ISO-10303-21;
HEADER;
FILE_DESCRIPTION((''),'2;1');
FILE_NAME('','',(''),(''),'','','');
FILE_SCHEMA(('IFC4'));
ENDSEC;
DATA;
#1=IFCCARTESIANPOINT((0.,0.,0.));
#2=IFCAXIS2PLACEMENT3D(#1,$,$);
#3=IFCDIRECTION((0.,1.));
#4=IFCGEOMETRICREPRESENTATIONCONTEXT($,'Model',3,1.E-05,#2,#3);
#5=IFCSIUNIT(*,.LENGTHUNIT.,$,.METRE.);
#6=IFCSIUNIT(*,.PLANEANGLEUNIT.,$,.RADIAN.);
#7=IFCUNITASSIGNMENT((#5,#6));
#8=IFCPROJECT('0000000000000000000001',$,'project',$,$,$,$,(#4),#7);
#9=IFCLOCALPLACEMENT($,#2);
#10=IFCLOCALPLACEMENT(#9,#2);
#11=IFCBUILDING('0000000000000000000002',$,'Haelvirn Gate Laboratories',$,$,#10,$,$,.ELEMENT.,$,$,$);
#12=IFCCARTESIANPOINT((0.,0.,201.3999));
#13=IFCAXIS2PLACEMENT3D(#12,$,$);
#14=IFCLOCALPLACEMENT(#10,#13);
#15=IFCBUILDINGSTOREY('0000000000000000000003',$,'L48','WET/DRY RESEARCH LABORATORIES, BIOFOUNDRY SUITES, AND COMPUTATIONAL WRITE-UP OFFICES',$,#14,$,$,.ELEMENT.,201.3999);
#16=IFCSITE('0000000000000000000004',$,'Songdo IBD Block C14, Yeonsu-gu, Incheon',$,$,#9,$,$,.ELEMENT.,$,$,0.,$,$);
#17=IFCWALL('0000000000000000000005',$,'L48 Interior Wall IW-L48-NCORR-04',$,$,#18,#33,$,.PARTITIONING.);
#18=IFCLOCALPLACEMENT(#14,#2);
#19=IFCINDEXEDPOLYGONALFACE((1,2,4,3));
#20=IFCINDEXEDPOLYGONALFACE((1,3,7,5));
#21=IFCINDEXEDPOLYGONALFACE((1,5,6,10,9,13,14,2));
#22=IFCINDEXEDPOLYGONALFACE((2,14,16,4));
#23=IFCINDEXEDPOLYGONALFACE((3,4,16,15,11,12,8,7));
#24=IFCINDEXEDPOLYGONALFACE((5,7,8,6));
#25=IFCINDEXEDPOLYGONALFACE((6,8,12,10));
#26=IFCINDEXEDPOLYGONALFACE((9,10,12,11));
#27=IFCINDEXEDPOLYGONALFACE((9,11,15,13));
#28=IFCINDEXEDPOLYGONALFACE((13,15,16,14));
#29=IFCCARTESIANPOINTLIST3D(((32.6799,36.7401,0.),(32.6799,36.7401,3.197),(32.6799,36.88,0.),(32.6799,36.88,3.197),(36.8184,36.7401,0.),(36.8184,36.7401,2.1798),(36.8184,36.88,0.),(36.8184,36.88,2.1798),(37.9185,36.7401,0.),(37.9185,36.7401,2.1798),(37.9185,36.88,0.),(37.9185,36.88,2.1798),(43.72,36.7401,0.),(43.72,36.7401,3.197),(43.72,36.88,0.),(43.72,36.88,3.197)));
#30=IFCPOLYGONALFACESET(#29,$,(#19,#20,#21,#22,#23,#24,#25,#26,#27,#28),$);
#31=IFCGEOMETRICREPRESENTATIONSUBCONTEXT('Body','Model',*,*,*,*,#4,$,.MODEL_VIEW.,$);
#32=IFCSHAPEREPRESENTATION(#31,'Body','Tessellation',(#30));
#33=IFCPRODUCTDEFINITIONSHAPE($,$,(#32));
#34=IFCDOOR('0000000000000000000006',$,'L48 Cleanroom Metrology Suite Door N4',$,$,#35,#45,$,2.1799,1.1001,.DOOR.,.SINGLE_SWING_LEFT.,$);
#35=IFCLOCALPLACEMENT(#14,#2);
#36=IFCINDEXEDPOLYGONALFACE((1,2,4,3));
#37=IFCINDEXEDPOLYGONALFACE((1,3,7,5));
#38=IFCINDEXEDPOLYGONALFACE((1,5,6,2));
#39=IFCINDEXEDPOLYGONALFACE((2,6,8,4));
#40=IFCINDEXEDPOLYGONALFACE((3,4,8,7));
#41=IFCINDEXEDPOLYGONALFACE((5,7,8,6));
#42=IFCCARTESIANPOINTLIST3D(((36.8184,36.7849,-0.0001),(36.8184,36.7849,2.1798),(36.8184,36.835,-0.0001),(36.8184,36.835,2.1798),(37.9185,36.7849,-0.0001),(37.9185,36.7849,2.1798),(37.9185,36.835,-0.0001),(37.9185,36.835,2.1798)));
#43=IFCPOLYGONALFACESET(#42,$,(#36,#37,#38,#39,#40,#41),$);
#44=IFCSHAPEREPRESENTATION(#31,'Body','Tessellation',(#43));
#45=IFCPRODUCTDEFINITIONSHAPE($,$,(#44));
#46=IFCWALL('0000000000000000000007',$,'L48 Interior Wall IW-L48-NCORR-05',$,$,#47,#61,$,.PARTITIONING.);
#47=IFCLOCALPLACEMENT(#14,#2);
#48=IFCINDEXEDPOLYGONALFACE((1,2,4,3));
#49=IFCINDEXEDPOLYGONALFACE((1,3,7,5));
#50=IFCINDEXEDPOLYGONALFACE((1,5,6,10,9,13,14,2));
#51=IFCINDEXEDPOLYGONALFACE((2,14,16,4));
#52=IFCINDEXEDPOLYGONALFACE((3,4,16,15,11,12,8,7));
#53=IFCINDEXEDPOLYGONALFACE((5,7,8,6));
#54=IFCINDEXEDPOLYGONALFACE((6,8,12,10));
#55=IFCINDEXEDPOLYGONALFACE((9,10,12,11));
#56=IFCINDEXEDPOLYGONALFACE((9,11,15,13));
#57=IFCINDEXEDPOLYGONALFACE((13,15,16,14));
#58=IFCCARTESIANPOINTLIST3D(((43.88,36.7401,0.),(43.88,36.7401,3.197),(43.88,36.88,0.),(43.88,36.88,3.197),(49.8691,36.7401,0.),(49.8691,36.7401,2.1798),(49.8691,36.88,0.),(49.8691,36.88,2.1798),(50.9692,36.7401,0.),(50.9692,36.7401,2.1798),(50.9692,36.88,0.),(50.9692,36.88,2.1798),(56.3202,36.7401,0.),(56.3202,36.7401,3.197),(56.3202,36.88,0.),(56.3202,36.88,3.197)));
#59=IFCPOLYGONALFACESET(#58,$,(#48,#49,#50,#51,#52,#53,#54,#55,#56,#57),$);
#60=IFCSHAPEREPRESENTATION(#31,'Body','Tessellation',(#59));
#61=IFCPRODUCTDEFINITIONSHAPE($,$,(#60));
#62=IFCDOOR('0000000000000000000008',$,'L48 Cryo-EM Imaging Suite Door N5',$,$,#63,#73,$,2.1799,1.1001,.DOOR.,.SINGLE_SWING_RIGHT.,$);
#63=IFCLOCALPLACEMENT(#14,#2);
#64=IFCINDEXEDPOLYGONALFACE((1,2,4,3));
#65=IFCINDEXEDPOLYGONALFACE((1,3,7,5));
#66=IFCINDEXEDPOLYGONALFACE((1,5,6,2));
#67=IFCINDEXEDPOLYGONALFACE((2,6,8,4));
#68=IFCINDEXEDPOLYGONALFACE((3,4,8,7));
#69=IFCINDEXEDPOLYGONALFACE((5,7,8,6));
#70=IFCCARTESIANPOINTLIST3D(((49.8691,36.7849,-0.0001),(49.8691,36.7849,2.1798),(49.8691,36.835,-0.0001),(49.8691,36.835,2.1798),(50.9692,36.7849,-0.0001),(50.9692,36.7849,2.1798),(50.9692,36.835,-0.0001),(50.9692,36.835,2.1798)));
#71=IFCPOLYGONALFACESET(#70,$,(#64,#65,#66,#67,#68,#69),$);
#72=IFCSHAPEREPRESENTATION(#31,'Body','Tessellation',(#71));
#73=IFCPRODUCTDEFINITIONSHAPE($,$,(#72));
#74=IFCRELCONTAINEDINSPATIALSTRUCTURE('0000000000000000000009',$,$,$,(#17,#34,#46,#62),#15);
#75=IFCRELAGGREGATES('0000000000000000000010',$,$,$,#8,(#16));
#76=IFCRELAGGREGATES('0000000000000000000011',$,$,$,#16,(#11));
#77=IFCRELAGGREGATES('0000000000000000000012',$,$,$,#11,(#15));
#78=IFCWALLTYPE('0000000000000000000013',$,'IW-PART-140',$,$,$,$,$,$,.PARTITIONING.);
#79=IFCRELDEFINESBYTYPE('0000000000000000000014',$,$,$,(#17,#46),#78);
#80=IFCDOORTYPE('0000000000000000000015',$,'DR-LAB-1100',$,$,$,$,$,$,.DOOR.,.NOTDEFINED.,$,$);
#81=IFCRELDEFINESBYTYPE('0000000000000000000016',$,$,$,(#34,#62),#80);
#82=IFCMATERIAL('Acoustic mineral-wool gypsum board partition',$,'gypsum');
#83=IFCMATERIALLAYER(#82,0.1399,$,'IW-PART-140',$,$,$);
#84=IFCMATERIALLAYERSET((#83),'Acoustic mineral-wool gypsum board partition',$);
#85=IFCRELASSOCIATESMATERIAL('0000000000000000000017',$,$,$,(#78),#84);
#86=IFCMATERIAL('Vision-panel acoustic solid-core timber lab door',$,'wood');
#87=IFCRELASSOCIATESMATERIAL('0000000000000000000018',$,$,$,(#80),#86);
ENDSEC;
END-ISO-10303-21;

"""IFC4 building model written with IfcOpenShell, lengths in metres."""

from ifc_helpers import new_model, si_unit, direction, frame, frame_2d, origin, place, context, subcontext, project, spatial, rectangle, extrude, source, transform, mapped, material, layer, layer_set, type_object, type_shapes, element, fill, save


model = new_model("IFC4")

# Units and contexts
model_context = context("Model", 3, precision=1e-05, world=origin(), true_north=direction((0.0, 1.0)))
body_context = subcontext(model_context, "Body", "Model", "MODEL_VIEW")
ifc_project = project(units=[si_unit("LENGTHUNIT", "METRE"), si_unit("PLANEANGLEUNIT", "RADIAN")], contexts=[model_context])

# Site, building, storey
site_placement = place(None, origin())
site = spatial("IfcSite", under=ifc_project, at=site_placement, Name="Songdo IBD Block C14, Yeonsu-gu, Incheon", CompositionType="ELEMENT", RefElevation=0.0)
building_placement = place(site_placement, origin())
building = spatial("IfcBuilding", under=site, at=building_placement, Name="Haelvirn Gate Laboratories", CompositionType="ELEMENT")
storey_placement = place(building_placement, frame((0.0, 0.0, 201.3999)))
storey = spatial("IfcBuildingStorey", under=building, at=storey_placement, Name="L48", Description="WET/DRY RESEARCH LABORATORIES, BIOFOUNDRY SUITES, AND COMPUTATIONAL WRITE-UP OFFICES", CompositionType="ELEMENT", Elevation=201.3999)

# Walls, openings, doors
ifc_material_1 = material(Name="Acoustic mineral-wool gypsum board partition", Category="gypsum")
ifc_layer_1 = layer(ifc_material_1, 0.1399, Name="IW-PART-140")
ifc_layer_set_1 = layer_set([ifc_layer_1], Name="Acoustic mineral-wool gypsum board partition")
wall_type_1 = type_object("IfcWallType", Name="IW-PART-140", PredefinedType="PARTITIONING", material=ifc_layer_set_1)
wall_1_placement = place(storey_placement, frame((32.6799, 36.8101, 0.0), z_axis=(0.0, 0.0, 1.0), x_axis=(1.0, 0.0, 0.0)))
wall_1 = element("IfcWall", 1, at=wall_1_placement, inside=storey, type_object=wall_type_1, Name="L48 Interior Wall IW-L48-NCORR-04", PredefinedType="PARTITIONING", context=body_context, shape_type="SweptSolid", body=[
    extrude(rectangle(XDim=11.04, YDim=0.1399, at=frame_2d((5.52, 0.0))), origin(), (0.0, 0.0, 1.0), 3.197),
])
opening_1_placement = place(wall_1_placement, frame((4.1384, 0.0, 0.0)))
opening_1 = element("IfcOpeningElement", 2, at=opening_1_placement, cuts=wall_1, PredefinedType="OPENING", context=body_context, shape_type="SweptSolid", body=[
    extrude(rectangle(XDim=1.1001, YDim=2.1799, at=frame_2d((0.55, 1.0898))), frame((0.0, 0.0801, 0.0), z_axis=(0.0, -1.0, 0.0), x_axis=(1.0, 0.0, 0.0)), (0.0, 0.0, 1.0), 0.1599),
])
ifc_material_2 = material(Name="Vision-panel acoustic solid-core timber lab door", Category="wood")
door_type = type_object("IfcDoorType", Name="DR-LAB-1100", OperationType="NOTDEFINED", PredefinedType="DOOR", material=ifc_material_2)
shared_shape_1 = source(origin(), body_context, "Body", "SweptSolid", [
    extrude(rectangle(XDim=1.1001, YDim=2.1799, at=frame_2d((0.55, 1.0898))), frame((0.0, 0.0249, 0.0), z_axis=(0.0, -1.0, 0.0), x_axis=(1.0, 0.0, 0.0)), (0.0, 0.0, 1.0), 0.05),
])
type_shapes(door_type, [shared_shape_1])
door_1_placement = place(opening_1_placement, origin())
door_1 = element("IfcDoor", 3, at=door_1_placement, inside=storey, type_object=door_type, Name="L48 Cleanroom Metrology Suite Door N4", OperationType="SINGLE_SWING_LEFT", OverallHeight=2.1799, OverallWidth=1.1001, PredefinedType="DOOR", context=body_context, shape_type="MappedRepresentation", body=[
    mapped(shared_shape_1, transform((0.0, 0.0, 0.0), scale=1.0)),
])
fill(opening_1, door_1)
wall_2_placement = place(storey_placement, frame((43.8799, 36.8101, 0.0), z_axis=(0.0, 0.0, 1.0), x_axis=(1.0, 0.0, 0.0)))
wall_2 = element("IfcWall", 4, at=wall_2_placement, inside=storey, type_object=wall_type_1, Name="L48 Interior Wall IW-L48-NCORR-05", PredefinedType="PARTITIONING", context=body_context, shape_type="SweptSolid", body=[
    extrude(rectangle(XDim=12.4402, YDim=0.1399, at=frame_2d((6.2202, 0.0))), origin(), (0.0, 0.0, 1.0), 3.197),
])
opening_2_placement = place(wall_2_placement, frame((5.9893, 0.0, 0.0)))
opening_2 = element("IfcOpeningElement", 5, at=opening_2_placement, cuts=wall_2, PredefinedType="OPENING", context=body_context, shape_type="SweptSolid", body=[
    extrude(rectangle(XDim=1.1001, YDim=2.1799, at=frame_2d((0.55, 1.0898))), frame((0.0, 0.0801, 0.0), z_axis=(0.0, -1.0, 0.0), x_axis=(1.0, 0.0, 0.0)), (0.0, 0.0, 1.0), 0.1599),
])
door_2_placement = place(opening_2_placement, origin())
door_2 = element("IfcDoor", 6, at=door_2_placement, inside=storey, type_object=door_type, Name="L48 Cryo-EM Imaging Suite Door N5", OperationType="SINGLE_SWING_RIGHT", OverallHeight=2.1799, OverallWidth=1.1001, PredefinedType="DOOR", context=body_context, shape_type="MappedRepresentation", body=[
    mapped(shared_shape_1, transform((0.0, 0.0, 0.0), scale=1.0)),
])
fill(opening_2, door_2)

save(model, "model.ifc")
